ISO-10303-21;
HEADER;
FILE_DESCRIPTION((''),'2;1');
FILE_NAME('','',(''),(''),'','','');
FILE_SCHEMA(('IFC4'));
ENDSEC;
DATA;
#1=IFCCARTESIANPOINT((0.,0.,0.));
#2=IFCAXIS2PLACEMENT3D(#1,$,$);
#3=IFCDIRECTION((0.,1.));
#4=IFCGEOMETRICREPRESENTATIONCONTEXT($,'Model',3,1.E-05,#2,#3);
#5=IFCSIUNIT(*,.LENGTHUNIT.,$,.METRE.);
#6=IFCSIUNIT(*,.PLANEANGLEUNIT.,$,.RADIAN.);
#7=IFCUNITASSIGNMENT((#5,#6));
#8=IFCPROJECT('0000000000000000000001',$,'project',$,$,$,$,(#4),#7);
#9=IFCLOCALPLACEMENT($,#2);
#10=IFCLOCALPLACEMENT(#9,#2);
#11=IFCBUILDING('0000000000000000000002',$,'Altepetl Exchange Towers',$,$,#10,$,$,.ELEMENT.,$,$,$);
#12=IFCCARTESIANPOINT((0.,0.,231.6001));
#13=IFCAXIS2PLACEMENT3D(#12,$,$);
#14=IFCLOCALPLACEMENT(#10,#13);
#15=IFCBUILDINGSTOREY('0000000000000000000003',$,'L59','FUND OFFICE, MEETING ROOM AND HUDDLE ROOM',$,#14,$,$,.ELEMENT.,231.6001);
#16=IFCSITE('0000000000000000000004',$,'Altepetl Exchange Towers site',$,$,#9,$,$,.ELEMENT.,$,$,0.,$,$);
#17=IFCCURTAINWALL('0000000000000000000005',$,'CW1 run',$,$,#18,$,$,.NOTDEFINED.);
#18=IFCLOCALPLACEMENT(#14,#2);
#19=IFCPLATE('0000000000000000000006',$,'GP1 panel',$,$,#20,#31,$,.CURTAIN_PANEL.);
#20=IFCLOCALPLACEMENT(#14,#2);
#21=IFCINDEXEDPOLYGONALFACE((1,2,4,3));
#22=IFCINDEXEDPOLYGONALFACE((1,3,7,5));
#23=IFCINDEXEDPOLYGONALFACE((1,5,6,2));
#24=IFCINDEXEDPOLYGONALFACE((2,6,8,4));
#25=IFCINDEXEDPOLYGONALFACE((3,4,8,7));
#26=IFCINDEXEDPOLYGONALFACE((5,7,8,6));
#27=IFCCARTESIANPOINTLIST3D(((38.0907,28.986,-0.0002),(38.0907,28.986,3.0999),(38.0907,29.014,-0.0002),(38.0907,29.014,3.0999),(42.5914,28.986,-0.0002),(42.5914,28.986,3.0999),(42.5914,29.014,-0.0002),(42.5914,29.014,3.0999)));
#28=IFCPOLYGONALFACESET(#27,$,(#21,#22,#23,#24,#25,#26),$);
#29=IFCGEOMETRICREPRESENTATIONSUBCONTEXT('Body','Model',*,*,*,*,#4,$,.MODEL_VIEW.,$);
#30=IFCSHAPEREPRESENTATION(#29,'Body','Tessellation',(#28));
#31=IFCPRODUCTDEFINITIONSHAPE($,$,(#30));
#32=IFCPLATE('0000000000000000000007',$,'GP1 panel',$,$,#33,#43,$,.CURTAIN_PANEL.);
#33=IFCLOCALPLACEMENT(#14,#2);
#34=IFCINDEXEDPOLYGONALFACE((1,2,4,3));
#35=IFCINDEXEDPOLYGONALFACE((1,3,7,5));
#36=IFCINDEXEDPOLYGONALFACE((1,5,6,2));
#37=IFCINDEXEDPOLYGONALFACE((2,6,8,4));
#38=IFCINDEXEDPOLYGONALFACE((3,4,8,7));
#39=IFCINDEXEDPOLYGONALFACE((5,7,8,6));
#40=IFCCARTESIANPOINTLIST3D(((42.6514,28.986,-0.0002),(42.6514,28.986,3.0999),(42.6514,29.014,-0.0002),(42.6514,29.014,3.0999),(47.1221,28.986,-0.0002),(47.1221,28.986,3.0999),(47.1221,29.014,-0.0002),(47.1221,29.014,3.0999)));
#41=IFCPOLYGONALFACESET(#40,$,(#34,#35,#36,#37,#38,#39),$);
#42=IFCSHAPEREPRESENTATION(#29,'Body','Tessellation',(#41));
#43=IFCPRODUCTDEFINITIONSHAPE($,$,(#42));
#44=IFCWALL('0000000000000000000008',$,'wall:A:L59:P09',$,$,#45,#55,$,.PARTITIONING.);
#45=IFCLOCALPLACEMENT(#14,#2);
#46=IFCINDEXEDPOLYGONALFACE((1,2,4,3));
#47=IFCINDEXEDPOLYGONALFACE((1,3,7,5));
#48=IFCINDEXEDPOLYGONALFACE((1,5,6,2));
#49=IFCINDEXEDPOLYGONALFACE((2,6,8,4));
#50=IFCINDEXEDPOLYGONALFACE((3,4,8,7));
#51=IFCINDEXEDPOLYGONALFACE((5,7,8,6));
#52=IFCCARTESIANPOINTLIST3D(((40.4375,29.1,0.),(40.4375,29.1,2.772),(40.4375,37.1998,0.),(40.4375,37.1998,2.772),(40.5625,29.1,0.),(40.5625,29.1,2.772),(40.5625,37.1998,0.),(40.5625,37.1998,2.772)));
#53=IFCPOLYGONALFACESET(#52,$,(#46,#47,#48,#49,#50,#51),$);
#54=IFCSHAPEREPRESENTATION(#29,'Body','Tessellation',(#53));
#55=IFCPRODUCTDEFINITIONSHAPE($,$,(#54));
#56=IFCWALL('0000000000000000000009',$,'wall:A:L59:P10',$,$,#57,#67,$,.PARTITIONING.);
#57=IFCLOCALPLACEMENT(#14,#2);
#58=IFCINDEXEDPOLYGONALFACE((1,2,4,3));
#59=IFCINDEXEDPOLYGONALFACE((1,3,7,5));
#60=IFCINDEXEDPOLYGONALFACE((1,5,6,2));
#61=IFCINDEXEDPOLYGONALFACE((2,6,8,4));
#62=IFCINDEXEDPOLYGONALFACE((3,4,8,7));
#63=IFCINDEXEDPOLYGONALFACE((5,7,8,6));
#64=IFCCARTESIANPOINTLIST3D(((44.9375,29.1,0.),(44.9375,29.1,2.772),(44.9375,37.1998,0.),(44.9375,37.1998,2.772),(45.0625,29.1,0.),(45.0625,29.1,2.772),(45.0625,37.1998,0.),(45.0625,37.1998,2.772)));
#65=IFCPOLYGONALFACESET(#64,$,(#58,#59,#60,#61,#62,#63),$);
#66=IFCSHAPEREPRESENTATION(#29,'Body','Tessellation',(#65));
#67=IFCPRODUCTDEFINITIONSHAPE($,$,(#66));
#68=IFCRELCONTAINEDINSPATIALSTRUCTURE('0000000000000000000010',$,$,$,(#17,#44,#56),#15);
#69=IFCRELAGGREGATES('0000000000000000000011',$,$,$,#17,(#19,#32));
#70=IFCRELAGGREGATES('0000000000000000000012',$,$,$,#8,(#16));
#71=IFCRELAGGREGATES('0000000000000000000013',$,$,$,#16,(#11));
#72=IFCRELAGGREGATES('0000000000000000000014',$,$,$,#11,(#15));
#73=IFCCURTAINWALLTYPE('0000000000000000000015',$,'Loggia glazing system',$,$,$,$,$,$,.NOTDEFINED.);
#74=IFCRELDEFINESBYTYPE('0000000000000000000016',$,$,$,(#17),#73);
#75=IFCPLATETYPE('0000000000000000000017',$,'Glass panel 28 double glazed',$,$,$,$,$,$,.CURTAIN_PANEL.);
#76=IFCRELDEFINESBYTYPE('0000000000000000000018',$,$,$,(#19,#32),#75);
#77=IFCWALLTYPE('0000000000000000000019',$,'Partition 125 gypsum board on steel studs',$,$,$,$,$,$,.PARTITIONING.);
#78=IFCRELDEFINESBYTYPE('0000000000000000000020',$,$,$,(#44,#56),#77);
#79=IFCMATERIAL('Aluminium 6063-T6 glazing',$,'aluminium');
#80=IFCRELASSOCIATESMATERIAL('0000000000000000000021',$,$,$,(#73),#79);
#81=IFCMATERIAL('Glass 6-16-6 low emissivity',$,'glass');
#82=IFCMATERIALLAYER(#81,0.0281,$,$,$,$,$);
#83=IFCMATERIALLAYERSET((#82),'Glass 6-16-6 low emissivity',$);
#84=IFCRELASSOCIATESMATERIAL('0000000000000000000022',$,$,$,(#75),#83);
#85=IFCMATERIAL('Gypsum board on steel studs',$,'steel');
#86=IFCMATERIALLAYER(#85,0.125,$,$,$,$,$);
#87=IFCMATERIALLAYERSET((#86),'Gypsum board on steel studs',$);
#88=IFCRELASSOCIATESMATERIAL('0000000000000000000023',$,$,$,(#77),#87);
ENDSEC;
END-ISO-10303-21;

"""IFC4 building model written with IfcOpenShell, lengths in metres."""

from ifc_helpers import new_model, si_unit, direction, frame, frame_2d, origin, origin_2d, place, context, subcontext, project, spatial, rectangle, extrude, material, layer, layer_set, type_object, element, aggregate, save


model = new_model("IFC4")

# Units and contexts
model_context = context("Model", 3, precision=1e-05, world=origin(), true_north=direction((0.0, 1.0)))
body_context = subcontext(model_context, "Body", "Model", "MODEL_VIEW")
ifc_project = project(units=[si_unit("LENGTHUNIT", "METRE"), si_unit("PLANEANGLEUNIT", "RADIAN")], contexts=[model_context])

# Site, building, storey
site_placement = place(None, origin())
site = spatial("IfcSite", under=ifc_project, at=site_placement, Name="Altepetl Exchange Towers site", CompositionType="ELEMENT", RefElevation=0.0)
building_placement = place(site_placement, origin())
building = spatial("IfcBuilding", under=site, at=building_placement, Name="Altepetl Exchange Towers", CompositionType="ELEMENT")
storey_placement = place(building_placement, frame((0.0, 0.0, 231.6001)))
storey = spatial("IfcBuildingStorey", under=building, at=storey_placement, Name="L59", Description="FUND OFFICE, MEETING ROOM AND HUDDLE ROOM", CompositionType="ELEMENT", Elevation=231.6001)

# Curtain wall
ifc_material_1 = material(Name="Aluminium 6063-T6 glazing", Category="aluminium")
curtain_wall_type = type_object("IfcCurtainWallType", Name="Loggia glazing system", PredefinedType="NOTDEFINED", material=ifc_material_1)
curtain_wall_1_placement = place(storey_placement, origin())
curtain_wall_1 = element("IfcCurtainWall", 1, at=curtain_wall_1_placement, inside=storey, type_object=curtain_wall_type, Name="CW1 run", PredefinedType="NOTDEFINED")

# Plates
ifc_material_2 = material(Name="Glass 6-16-6 low emissivity", Category="glass")
ifc_layer_1 = layer(ifc_material_2, 0.0281)
ifc_layer_set_1 = layer_set([ifc_layer_1], Name="Glass 6-16-6 low emissivity")
plate_type = type_object("IfcPlateType", Name="Glass panel 28 double glazed", PredefinedType="CURTAIN_PANEL", material=ifc_layer_set_1)
plate_1_placement = place(storey_placement, frame((40.3411, 29.0, -0.0002)))
plate_1 = element("IfcPlate", 2, at=plate_1_placement, type_object=plate_type, Name="GP1 panel", PredefinedType="CURTAIN_PANEL", context=body_context, shape_type="SweptSolid", body=[
    extrude(rectangle(XDim=4.5007, YDim=0.0281, at=origin_2d()), origin(), (0.0, 0.0, 1.0), 3.1001),
])
plate_2_placement = place(storey_placement, frame((44.8867, 29.0, -0.0002)))
plate_2 = element("IfcPlate", 3, at=plate_2_placement, type_object=plate_type, Name="GP1 panel", PredefinedType="CURTAIN_PANEL", context=body_context, shape_type="SweptSolid", body=[
    extrude(rectangle(XDim=4.4707, YDim=0.0281, at=origin_2d()), origin(), (0.0, 0.0, 1.0), 3.1001),
])
aggregate(curtain_wall_1, [plate_1, plate_2])

# Walls
ifc_material_3 = material(Name="Gypsum board on steel studs", Category="steel")
ifc_layer_2 = layer(ifc_material_3, 0.125)
ifc_layer_set_2 = layer_set([ifc_layer_2], Name="Gypsum board on steel studs")
wall_type_1 = type_object("IfcWallType", Name="Partition 125 gypsum board on steel studs", PredefinedType="PARTITIONING", material=ifc_layer_set_2)
for number, where, z_axis, x_axis, name in (
    (4, (40.5, 29.1001, 0.0), (0.0, 0.0, 1.0), (0.0, 1.0, 0.0), "wall:A:L59:P09"),
    (5, (45.0, 29.1001, 0.0), (0.0, 0.0, 1.0), (0.0, 1.0, 0.0), "wall:A:L59:P10"),
):
    element("IfcWall", number, at=place(storey_placement, frame(where, z_axis=z_axis, x_axis=x_axis)), inside=storey, type_object=wall_type_1, Name=name, PredefinedType="PARTITIONING", context=body_context, shape_type="SweptSolid", body=[
        extrude(rectangle(XDim=8.0999, YDim=0.125, at=frame_2d((4.0498, 0.0))), origin(), (0.0, 0.0, 1.0), 2.772),
    ])

save(model, "model.ifc")
